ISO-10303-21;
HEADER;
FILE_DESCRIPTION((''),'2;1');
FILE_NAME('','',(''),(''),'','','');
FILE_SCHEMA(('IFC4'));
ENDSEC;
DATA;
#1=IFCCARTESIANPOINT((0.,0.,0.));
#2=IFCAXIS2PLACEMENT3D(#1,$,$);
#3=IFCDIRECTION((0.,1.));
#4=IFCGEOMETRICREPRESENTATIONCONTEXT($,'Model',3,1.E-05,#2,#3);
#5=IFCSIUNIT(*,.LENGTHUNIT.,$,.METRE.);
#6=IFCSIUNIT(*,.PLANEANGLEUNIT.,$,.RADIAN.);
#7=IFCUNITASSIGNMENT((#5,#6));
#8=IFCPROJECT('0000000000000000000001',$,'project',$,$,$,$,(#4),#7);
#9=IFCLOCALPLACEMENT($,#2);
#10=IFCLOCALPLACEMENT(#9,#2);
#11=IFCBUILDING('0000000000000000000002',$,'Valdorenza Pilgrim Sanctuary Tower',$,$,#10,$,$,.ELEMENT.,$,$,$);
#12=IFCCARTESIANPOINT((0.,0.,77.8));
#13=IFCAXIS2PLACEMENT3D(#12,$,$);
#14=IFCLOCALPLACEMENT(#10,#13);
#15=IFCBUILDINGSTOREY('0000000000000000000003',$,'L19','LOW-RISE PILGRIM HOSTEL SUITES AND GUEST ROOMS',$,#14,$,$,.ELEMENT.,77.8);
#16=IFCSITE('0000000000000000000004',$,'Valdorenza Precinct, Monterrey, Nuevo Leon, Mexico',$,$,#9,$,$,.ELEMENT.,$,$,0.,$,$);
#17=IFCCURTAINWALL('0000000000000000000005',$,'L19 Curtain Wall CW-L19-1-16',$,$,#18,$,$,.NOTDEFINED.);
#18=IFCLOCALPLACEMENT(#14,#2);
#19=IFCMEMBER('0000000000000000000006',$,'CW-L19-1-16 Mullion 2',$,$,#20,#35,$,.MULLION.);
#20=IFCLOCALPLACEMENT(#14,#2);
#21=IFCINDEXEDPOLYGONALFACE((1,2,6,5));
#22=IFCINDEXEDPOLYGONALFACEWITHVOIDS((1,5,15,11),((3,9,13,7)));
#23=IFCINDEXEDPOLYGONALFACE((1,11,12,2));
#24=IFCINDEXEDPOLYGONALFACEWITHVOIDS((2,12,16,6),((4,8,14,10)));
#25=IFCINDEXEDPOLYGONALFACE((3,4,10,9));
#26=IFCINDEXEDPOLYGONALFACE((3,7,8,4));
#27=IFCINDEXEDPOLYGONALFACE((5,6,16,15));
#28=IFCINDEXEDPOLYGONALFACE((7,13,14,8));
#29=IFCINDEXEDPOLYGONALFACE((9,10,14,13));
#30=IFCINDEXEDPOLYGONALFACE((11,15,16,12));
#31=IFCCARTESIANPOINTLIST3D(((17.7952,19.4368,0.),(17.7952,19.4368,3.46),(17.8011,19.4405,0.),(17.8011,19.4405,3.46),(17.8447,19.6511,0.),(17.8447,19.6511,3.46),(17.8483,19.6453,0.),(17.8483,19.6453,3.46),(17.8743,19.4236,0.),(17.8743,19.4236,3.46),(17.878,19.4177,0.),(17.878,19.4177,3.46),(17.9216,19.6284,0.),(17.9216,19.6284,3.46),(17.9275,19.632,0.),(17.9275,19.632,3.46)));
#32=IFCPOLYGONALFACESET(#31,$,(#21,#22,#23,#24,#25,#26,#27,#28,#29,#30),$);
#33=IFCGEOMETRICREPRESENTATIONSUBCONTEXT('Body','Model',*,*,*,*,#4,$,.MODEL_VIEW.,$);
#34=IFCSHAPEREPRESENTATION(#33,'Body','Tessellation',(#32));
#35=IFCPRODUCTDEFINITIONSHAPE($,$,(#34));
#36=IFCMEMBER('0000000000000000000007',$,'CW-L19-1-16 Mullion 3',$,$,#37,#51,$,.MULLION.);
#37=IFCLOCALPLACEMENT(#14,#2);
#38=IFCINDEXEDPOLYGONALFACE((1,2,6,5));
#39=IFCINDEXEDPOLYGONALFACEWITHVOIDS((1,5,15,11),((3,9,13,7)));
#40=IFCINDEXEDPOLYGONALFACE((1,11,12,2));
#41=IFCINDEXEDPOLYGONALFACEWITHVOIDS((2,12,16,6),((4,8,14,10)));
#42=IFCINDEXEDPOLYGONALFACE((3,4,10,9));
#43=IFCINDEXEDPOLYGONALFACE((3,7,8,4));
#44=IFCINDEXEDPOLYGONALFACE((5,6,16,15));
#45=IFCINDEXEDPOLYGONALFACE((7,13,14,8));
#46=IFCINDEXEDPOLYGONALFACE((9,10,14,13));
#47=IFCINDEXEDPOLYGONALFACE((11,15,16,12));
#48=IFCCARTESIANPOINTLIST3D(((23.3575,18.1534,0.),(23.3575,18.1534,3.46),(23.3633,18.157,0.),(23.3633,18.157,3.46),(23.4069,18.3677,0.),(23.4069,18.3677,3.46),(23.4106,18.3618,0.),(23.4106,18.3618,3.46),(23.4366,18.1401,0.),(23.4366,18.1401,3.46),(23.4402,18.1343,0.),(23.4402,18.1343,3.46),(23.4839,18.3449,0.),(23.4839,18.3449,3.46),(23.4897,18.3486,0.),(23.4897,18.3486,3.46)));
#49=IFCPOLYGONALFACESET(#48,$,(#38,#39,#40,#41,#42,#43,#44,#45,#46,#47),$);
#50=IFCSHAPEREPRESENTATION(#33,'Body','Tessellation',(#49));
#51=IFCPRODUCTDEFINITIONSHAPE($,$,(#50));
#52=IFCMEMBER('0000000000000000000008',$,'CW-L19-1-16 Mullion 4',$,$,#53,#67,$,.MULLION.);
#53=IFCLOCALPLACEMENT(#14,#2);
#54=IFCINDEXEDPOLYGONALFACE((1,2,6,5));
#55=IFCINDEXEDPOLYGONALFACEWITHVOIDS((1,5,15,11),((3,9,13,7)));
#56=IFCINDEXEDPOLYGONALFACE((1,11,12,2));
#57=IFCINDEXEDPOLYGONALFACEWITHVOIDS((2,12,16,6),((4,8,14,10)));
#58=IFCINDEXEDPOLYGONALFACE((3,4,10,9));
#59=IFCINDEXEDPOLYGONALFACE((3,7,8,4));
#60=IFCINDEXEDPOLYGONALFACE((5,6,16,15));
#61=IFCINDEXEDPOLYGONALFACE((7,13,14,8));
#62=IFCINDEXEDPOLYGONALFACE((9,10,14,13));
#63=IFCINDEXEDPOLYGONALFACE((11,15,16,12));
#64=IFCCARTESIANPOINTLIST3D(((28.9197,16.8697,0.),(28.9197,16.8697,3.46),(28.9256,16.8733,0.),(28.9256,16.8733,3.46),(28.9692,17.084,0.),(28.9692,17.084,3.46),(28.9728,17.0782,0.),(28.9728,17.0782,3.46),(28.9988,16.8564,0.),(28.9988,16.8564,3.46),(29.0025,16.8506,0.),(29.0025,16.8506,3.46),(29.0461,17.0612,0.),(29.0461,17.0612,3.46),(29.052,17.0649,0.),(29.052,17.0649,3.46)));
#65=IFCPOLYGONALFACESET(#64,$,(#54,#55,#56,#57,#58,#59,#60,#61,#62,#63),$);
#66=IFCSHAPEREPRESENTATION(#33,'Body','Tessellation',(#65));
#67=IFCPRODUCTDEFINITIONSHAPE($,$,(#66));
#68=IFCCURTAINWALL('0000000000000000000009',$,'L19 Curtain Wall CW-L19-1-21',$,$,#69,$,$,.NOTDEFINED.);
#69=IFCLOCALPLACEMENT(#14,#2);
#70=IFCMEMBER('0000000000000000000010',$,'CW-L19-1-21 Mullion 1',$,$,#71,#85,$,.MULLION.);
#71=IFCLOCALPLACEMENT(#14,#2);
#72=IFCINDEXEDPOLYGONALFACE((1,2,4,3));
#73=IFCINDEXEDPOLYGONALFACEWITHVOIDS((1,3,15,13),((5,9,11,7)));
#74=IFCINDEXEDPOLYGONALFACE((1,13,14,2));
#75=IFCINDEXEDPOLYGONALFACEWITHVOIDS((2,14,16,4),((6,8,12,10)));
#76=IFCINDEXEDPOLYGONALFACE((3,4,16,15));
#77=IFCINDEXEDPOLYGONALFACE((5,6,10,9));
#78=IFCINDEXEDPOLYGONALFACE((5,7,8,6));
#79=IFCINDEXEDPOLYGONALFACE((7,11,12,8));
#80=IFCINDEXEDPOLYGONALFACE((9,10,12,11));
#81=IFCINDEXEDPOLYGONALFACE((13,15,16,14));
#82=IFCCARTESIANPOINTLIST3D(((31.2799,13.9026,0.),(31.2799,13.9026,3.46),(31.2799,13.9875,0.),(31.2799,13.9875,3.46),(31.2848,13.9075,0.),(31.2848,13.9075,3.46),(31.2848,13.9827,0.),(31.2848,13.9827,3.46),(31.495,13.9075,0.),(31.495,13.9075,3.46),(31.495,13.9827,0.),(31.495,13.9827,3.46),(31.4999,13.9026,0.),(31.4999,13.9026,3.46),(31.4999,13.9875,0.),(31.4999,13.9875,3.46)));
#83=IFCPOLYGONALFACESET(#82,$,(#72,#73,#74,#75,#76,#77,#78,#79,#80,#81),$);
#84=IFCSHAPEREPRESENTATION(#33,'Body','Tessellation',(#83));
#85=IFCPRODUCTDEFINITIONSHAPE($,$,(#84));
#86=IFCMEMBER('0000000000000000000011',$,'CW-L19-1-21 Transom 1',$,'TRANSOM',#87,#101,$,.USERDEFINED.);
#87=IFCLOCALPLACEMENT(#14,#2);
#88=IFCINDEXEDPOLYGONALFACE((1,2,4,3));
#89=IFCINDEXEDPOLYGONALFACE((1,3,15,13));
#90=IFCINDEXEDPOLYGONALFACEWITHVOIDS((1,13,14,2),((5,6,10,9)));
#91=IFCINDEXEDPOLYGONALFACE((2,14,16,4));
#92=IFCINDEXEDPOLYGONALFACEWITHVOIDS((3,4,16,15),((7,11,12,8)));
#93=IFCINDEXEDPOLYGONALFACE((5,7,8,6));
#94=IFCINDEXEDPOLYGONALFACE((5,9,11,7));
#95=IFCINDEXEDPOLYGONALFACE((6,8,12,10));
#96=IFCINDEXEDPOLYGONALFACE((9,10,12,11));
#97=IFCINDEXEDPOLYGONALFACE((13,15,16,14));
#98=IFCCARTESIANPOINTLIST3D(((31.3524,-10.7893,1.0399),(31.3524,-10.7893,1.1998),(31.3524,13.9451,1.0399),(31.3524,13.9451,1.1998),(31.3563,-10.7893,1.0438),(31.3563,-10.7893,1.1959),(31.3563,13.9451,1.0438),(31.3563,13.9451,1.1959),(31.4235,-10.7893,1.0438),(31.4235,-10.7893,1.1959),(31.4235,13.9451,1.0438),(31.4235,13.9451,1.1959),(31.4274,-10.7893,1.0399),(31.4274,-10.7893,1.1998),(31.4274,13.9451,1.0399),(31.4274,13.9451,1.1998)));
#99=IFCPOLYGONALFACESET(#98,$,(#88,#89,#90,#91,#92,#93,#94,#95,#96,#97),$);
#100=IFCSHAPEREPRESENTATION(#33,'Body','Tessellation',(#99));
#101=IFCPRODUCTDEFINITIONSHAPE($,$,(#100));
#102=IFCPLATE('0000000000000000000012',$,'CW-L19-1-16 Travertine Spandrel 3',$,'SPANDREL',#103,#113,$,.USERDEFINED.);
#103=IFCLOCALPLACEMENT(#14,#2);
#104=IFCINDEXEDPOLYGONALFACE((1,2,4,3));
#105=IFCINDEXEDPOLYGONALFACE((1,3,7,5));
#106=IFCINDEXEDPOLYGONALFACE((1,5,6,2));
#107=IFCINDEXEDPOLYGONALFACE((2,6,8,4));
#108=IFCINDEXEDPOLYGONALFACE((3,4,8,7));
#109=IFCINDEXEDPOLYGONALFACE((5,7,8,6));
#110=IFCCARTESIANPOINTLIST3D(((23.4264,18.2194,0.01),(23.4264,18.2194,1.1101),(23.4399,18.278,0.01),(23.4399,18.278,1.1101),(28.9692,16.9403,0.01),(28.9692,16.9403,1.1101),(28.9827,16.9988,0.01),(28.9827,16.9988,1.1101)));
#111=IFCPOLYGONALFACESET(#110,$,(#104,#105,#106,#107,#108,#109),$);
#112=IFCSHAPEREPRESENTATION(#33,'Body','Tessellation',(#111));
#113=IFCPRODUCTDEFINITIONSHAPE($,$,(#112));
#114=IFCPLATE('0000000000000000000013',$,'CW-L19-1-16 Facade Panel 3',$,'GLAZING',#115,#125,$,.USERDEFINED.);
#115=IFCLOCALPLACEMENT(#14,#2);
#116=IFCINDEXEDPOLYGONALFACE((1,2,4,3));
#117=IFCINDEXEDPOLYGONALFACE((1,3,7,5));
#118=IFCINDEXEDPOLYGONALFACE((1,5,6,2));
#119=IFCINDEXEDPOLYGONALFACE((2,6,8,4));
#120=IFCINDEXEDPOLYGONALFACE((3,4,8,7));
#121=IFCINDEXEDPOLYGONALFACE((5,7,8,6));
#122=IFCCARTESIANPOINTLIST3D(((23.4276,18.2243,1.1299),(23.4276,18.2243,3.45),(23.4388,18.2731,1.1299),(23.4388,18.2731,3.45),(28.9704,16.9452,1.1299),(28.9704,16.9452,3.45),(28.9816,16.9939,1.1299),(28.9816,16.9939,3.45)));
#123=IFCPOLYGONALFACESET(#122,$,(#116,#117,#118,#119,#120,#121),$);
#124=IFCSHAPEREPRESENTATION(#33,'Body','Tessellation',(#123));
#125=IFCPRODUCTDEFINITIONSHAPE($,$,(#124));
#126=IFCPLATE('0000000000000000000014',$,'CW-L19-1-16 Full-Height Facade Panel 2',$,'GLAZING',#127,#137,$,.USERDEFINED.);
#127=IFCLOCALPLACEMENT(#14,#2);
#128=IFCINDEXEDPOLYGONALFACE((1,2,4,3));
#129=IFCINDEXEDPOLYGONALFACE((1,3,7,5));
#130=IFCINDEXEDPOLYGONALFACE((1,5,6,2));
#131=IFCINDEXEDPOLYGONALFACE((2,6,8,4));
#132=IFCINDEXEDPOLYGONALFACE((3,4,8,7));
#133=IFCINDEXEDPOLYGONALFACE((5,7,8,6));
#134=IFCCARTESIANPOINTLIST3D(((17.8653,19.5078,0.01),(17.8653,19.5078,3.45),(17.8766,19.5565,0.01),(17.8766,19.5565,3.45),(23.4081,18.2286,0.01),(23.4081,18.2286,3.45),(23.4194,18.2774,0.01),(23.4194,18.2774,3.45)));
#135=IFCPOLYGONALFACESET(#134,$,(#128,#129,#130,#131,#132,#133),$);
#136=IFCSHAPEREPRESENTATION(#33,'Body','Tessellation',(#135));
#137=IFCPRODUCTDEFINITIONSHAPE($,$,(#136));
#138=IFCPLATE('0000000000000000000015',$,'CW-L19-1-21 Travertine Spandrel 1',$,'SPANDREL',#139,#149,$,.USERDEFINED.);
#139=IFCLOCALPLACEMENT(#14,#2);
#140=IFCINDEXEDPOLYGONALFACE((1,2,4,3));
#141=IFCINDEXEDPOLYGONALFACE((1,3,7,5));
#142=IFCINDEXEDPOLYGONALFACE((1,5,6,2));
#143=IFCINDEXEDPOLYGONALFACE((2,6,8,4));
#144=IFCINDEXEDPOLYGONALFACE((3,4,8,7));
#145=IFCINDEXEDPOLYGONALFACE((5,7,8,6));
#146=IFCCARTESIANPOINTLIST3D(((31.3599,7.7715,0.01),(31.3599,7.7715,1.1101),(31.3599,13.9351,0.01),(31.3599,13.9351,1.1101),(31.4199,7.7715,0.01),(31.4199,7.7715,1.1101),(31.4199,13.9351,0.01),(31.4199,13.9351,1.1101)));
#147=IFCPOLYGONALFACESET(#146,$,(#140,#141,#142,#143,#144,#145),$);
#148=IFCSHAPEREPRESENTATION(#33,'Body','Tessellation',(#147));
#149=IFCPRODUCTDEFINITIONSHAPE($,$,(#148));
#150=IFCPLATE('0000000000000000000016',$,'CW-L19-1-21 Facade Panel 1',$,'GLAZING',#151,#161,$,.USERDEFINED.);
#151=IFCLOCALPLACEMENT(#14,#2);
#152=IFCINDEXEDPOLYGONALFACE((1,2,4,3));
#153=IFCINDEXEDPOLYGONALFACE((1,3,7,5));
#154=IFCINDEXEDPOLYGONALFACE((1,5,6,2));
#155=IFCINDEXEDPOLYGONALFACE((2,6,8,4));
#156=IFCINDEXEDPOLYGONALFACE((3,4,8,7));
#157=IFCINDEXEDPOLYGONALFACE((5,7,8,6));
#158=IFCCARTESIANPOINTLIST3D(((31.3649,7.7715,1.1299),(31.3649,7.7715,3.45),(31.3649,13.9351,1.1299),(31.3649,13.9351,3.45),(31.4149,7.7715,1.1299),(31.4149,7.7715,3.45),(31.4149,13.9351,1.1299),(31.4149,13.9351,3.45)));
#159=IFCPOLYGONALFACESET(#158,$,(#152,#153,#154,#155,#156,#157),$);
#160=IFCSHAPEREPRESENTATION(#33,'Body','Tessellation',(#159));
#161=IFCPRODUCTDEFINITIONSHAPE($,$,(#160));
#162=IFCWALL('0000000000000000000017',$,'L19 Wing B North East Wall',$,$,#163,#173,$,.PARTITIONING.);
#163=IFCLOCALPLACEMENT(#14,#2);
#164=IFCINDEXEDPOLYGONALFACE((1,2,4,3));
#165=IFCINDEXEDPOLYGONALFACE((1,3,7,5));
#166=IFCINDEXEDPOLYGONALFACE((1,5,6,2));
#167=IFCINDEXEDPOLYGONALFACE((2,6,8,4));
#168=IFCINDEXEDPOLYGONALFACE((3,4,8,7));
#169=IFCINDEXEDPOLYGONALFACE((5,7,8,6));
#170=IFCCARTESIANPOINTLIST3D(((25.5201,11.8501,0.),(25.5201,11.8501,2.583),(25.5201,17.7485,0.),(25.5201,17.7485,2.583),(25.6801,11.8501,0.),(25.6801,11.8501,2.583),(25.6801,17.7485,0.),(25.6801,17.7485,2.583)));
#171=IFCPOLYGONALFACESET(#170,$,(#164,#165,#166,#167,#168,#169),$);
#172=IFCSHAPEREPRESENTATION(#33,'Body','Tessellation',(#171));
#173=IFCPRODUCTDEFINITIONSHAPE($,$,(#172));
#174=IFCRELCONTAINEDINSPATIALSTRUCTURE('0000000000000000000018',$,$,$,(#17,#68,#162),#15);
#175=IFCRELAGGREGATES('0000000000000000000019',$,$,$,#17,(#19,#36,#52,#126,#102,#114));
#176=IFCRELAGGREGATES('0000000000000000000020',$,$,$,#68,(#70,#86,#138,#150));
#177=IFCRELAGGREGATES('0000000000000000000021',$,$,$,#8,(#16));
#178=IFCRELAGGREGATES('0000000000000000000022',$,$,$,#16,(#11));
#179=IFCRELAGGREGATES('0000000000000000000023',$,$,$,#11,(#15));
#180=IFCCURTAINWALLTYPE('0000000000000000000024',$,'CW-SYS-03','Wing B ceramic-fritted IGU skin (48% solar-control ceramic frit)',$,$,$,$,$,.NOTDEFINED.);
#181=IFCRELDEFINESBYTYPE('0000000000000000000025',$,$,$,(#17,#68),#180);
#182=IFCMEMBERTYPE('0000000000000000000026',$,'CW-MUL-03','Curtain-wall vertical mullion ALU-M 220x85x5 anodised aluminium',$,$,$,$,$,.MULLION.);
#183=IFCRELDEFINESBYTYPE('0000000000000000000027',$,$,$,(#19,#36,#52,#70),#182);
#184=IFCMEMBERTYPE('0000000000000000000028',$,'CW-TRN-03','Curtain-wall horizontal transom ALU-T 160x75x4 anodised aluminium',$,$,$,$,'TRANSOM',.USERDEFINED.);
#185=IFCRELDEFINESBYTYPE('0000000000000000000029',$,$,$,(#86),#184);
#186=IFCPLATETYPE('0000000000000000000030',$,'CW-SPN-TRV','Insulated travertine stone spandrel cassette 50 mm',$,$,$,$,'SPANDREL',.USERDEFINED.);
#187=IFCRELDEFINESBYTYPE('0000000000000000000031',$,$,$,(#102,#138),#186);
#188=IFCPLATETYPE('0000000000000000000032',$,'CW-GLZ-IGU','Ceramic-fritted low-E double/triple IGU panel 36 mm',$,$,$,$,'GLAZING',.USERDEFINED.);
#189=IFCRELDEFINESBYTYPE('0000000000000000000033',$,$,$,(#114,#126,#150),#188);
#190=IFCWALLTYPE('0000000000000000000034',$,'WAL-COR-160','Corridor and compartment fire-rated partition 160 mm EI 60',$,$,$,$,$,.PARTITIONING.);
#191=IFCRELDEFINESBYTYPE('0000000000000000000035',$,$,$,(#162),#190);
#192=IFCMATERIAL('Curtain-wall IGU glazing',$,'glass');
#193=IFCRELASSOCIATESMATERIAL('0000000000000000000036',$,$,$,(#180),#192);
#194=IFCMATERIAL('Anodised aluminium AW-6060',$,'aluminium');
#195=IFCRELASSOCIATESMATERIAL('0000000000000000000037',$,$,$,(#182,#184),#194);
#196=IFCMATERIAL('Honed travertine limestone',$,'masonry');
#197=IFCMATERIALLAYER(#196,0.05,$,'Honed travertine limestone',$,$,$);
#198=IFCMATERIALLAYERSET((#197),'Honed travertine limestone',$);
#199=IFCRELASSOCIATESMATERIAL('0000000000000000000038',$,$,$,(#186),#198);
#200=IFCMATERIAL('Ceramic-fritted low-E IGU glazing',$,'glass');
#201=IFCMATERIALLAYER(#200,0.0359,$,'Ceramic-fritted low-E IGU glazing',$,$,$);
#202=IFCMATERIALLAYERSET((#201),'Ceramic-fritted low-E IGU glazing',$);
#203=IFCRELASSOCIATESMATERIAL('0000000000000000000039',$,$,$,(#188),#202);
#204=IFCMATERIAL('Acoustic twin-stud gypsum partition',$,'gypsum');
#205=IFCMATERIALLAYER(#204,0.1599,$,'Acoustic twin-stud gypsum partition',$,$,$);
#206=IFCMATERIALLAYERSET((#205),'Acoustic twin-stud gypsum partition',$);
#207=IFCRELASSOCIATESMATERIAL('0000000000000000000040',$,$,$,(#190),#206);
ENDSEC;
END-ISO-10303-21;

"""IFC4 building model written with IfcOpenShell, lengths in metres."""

from ifc_helpers import new_model, si_unit, direction, frame, frame_2d, origin, origin_2d, place, context, subcontext, project, spatial, rectangle, hollow_rectangle, extrude, source, transform, mapped, material, layer, layer_set, material_profile, profile_set, type_object, element, aggregate, save


model = new_model("IFC4")

# Units and contexts
model_context = context("Model", 3, precision=1e-05, world=origin(), true_north=direction((0.0, 1.0)))
body_context = subcontext(model_context, "Body", "Model", "MODEL_VIEW")
ifc_project = project(units=[si_unit("LENGTHUNIT", "METRE"), si_unit("PLANEANGLEUNIT", "RADIAN")], contexts=[model_context])

# Site, building, storey
site_placement = place(None, origin())
site = spatial("IfcSite", under=ifc_project, at=site_placement, Name="Valdorenza Precinct, Monterrey, Nuevo Leon, Mexico", CompositionType="ELEMENT", RefElevation=0.0)
building_placement = place(site_placement, origin())
building = spatial("IfcBuilding", under=site, at=building_placement, Name="Valdorenza Pilgrim Sanctuary Tower", CompositionType="ELEMENT")
storey_placement = place(building_placement, frame((0.0, 0.0, 77.8)))
storey = spatial("IfcBuildingStorey", under=building, at=storey_placement, Name="L19", Description="LOW-RISE PILGRIM HOSTEL SUITES AND GUEST ROOMS", CompositionType="ELEMENT", Elevation=77.8)

# Curtain walls, members
ifc_material_1 = material(Name="Curtain-wall IGU glazing", Category="glass")
curtain_wall_type = type_object("IfcCurtainWallType", Name="CW-SYS-03", Description="Wing B ceramic-fritted IGU skin (48% solar-control ceramic frit)", PredefinedType="NOTDEFINED", material=ifc_material_1)
curtain_wall_1_placement = place(storey_placement, origin())
curtain_wall_1 = element("IfcCurtainWall", 1, at=curtain_wall_1_placement, inside=storey, type_object=curtain_wall_type, Name="L19 Curtain Wall CW-L19-1-16", PredefinedType="NOTDEFINED")
ifc_material_2 = material(Name="Anodised aluminium AW-6060", Category="aluminium")
ifc_material_profile_1 = material_profile(ifc_material_2, hollow_rectangle(XDim=0.085, YDim=0.22, WallThickness=0.0049, at=origin_2d()), Name="ALU-M 220x85x5")
ifc_profile_set_1 = profile_set([ifc_material_profile_1], Name="Anodised aluminium AW-6060")
member_type_1 = type_object("IfcMemberType", Name="CW-MUL-03", Description="Curtain-wall vertical mullion ALU-M 220x85x5 anodised aluminium", PredefinedType="MULLION", material=ifc_profile_set_1)
shared_shape_1 = source(origin(), body_context, "Body", "SweptSolid", [
    extrude(hollow_rectangle(XDim=0.085, YDim=0.22, WallThickness=0.0049, at=origin_2d()), origin(), (0.0, 0.0, 1.0), 3.46),
])
member_1_placement = place(storey_placement, frame((17.8613, 19.5344, 0.0), z_axis=(0.0, 0.0, 1.0), x_axis=(0.97439, -0.224866, 0.0)))
member_1 = element("IfcMember", 2, at=member_1_placement, type_object=member_type_1, Name="CW-L19-1-16 Mullion 2", PredefinedType="MULLION", context=body_context, shape_type="MappedRepresentation", body=[
    mapped(shared_shape_1, transform((0.0, 0.0, 0.0), x_axis=(1.0, 0.0, 0.0), y_axis=(0.0, 1.0, 0.0), z_axis=(0.0, 0.0, 1.0), scale=1.0)),
])
member_2_placement = place(storey_placement, frame((23.4236, 18.251, 0.0), z_axis=(0.0, 0.0, 1.0), x_axis=(0.97439, -0.224866, 0.0)))
member_2 = element("IfcMember", 3, at=member_2_placement, type_object=member_type_1, Name="CW-L19-1-16 Mullion 3", PredefinedType="MULLION", context=body_context, shape_type="MappedRepresentation", body=[
    mapped(shared_shape_1, transform((0.0, 0.0, 0.0), x_axis=(1.0, 0.0, 0.0), y_axis=(0.0, 1.0, 0.0), z_axis=(0.0, 0.0, 1.0), scale=1.0)),
])
member_3_placement = place(storey_placement, frame((28.9858, 16.9673, 0.0), z_axis=(0.0, 0.0, 1.0), x_axis=(0.97439, -0.224866, 0.0)))
member_3 = element("IfcMember", 4, at=member_3_placement, type_object=member_type_1, Name="CW-L19-1-16 Mullion 4", PredefinedType="MULLION", context=body_context, shape_type="MappedRepresentation", body=[
    mapped(shared_shape_1, transform((0.0, 0.0, 0.0), x_axis=(1.0, 0.0, 0.0), y_axis=(0.0, 1.0, 0.0), z_axis=(0.0, 0.0, 1.0), scale=1.0)),
])
curtain_wall_2_placement = place(storey_placement, origin())
curtain_wall_2 = element("IfcCurtainWall", 5, at=curtain_wall_2_placement, inside=storey, type_object=curtain_wall_type, Name="L19 Curtain Wall CW-L19-1-21", PredefinedType="NOTDEFINED")
member_4_placement = place(storey_placement, frame((31.3899, 13.9451, 0.0), z_axis=(0.0, 0.0, 1.0), x_axis=(0.0, -1.0, 0.0)))
member_4 = element("IfcMember", 6, at=member_4_placement, type_object=member_type_1, Name="CW-L19-1-21 Mullion 1", PredefinedType="MULLION", context=body_context, shape_type="MappedRepresentation", body=[
    mapped(shared_shape_1, transform((0.0, 0.0, 0.0), x_axis=(1.0, 0.0, 0.0), y_axis=(0.0, 1.0, 0.0), z_axis=(0.0, 0.0, 1.0), scale=1.0)),
])
ifc_material_profile_2 = material_profile(ifc_material_2, hollow_rectangle(XDim=0.075, YDim=0.1599, WallThickness=0.0039, at=origin_2d()), Name="ALU-T 160x75x4")
ifc_profile_set_2 = profile_set([ifc_material_profile_2], Name="Anodised aluminium AW-6060")
member_type_2 = type_object("IfcMemberType", Name="CW-TRN-03", Description="Curtain-wall horizontal transom ALU-T 160x75x4 anodised aluminium", ElementType="TRANSOM", PredefinedType="USERDEFINED", material=ifc_profile_set_2)
shared_shape_2 = source(origin(), body_context, "Body", "SweptSolid", [
    extrude(hollow_rectangle(XDim=0.075, YDim=0.1599, WallThickness=0.0039, at=origin_2d()), origin(), (0.0, 0.0, 1.0), 24.7344),
])
member_5_placement = place(storey_placement, frame((31.3899, 13.9451, 1.1199), z_axis=(0.0, -1.0, 0.0), x_axis=(1.0, 0.0, 0.0)))
member_5 = element("IfcMember", 7, at=member_5_placement, type_object=member_type_2, Name="CW-L19-1-21 Transom 1", ObjectType="TRANSOM", PredefinedType="USERDEFINED", context=body_context, shape_type="MappedRepresentation", body=[
    mapped(shared_shape_2, transform((0.0, 0.0, 0.0), x_axis=(1.0, 0.0, 0.0), y_axis=(0.0, 1.0, 0.0), z_axis=(0.0, 0.0, 1.0), scale=1.0)),
])

# Plates
ifc_material_3 = material(Name="Honed travertine limestone", Category="masonry")
ifc_layer_1 = layer(ifc_material_3, 0.05, Name="Honed travertine limestone")
ifc_layer_set_1 = layer_set([ifc_layer_1], Name="Honed travertine limestone")
plate_type_1 = type_object("IfcPlateType", Name="CW-SPN-TRV", Description="Insulated travertine stone spandrel cassette 50 mm", ElementType="SPANDREL", PredefinedType="USERDEFINED", material=ifc_layer_set_1)
shared_shape_3 = source(origin(), body_context, "Body", "SweptSolid", [
    extrude(rectangle(XDim=5.6885, YDim=0.0601, at=origin_2d()), origin(), (0.0, 0.0, 1.0), 1.1001),
])
plate_1_placement = place(storey_placement, frame((26.2046, 17.6091, 0.01), z_axis=(0.0, 0.0, 1.0), x_axis=(0.97439, -0.224866, 0.0)))
plate_1 = element("IfcPlate", 8, at=plate_1_placement, type_object=plate_type_1, Name="CW-L19-1-16 Travertine Spandrel 3", ObjectType="SPANDREL", PredefinedType="USERDEFINED", context=body_context, shape_type="MappedRepresentation", body=[
    mapped(shared_shape_3, transform((0.0, 0.0, 0.0), x_axis=(1.0, 0.0, 0.0), y_axis=(0.0, 1.0, 0.0), z_axis=(0.0, 0.0, 1.0), scale=1.0)),
])
ifc_material_4 = material(Name="Ceramic-fritted low-E IGU glazing", Category="glass")
ifc_layer_2 = layer(ifc_material_4, 0.0359, Name="Ceramic-fritted low-E IGU glazing")
ifc_layer_set_2 = layer_set([ifc_layer_2], Name="Ceramic-fritted low-E IGU glazing")
plate_type_2 = type_object("IfcPlateType", Name="CW-GLZ-IGU", Description="Ceramic-fritted low-E double/triple IGU panel 36 mm", ElementType="GLAZING", PredefinedType="USERDEFINED", material=ifc_layer_set_2)
shared_shape_4 = source(origin(), body_context, "Body", "SweptSolid", [
    extrude(rectangle(XDim=5.6885, YDim=0.05, at=origin_2d()), origin(), (0.0, 0.0, 1.0), 2.3201),
])
plate_2_placement = place(storey_placement, frame((26.2046, 17.6091, 1.1299), z_axis=(0.0, 0.0, 1.0), x_axis=(0.97439, -0.224866, 0.0)))
plate_2 = element("IfcPlate", 9, at=plate_2_placement, type_object=plate_type_2, Name="CW-L19-1-16 Facade Panel 3", ObjectType="GLAZING", PredefinedType="USERDEFINED", context=body_context, shape_type="MappedRepresentation", body=[
    mapped(shared_shape_4, transform((0.0, 0.0, 0.0), x_axis=(1.0, 0.0, 0.0), y_axis=(0.0, 1.0, 0.0), z_axis=(0.0, 0.0, 1.0), scale=1.0)),
])
shared_shape_5 = source(origin(), body_context, "Body", "SweptSolid", [
    extrude(rectangle(XDim=5.6885, YDim=0.05, at=origin_2d()), origin(), (0.0, 0.0, 1.0), 3.4399),
])
plate_3_placement = place(storey_placement, frame((20.6423, 18.8926, 0.01), z_axis=(0.0, 0.0, 1.0), x_axis=(0.97439, -0.224866, 0.0)))
plate_3 = element("IfcPlate", 10, at=plate_3_placement, type_object=plate_type_2, Name="CW-L19-1-16 Full-Height Facade Panel 2", ObjectType="GLAZING", PredefinedType="USERDEFINED", context=body_context, shape_type="MappedRepresentation", body=[
    mapped(shared_shape_5, transform((0.0, 0.0, 0.0), x_axis=(1.0, 0.0, 0.0), y_axis=(0.0, 1.0, 0.0), z_axis=(0.0, 0.0, 1.0), scale=1.0)),
])
aggregate(curtain_wall_1, [member_1, member_2, member_3, plate_3, plate_1, plate_2])
shared_shape_6 = source(origin(), body_context, "Body", "SweptSolid", [
    extrude(rectangle(XDim=6.1636, YDim=0.0601, at=origin_2d()), origin(), (0.0, 0.0, 1.0), 1.1001),
])
plate_4_placement = place(storey_placement, frame((31.3899, 10.8533, 0.01), z_axis=(0.0, 0.0, 1.0), x_axis=(0.0, -1.0, 0.0)))
plate_4 = element("IfcPlate", 11, at=plate_4_placement, type_object=plate_type_1, Name="CW-L19-1-21 Travertine Spandrel 1", ObjectType="SPANDREL", PredefinedType="USERDEFINED", context=body_context, shape_type="MappedRepresentation", body=[
    mapped(shared_shape_6, transform((0.0, 0.0, 0.0), x_axis=(1.0, 0.0, 0.0), y_axis=(0.0, 1.0, 0.0), z_axis=(0.0, 0.0, 1.0), scale=1.0)),
])
shared_shape_7 = source(origin(), body_context, "Body", "SweptSolid", [
    extrude(rectangle(XDim=6.1636, YDim=0.05, at=origin_2d()), origin(), (0.0, 0.0, 1.0), 2.3201),
])
plate_5_placement = place(storey_placement, frame((31.3899, 10.8533, 1.1299), z_axis=(0.0, 0.0, 1.0), x_axis=(0.0, -1.0, 0.0)))
plate_5 = element("IfcPlate", 12, at=plate_5_placement, type_object=plate_type_2, Name="CW-L19-1-21 Facade Panel 1", ObjectType="GLAZING", PredefinedType="USERDEFINED", context=body_context, shape_type="MappedRepresentation", body=[
    mapped(shared_shape_7, transform((0.0, 0.0, 0.0), x_axis=(1.0, 0.0, 0.0), y_axis=(0.0, 1.0, 0.0), z_axis=(0.0, 0.0, 1.0), scale=1.0)),
])
aggregate(curtain_wall_2, [member_4, member_5, plate_4, plate_5])

# Wall
ifc_material_5 = material(Name="Acoustic twin-stud gypsum partition", Category="gypsum")
ifc_layer_3 = layer(ifc_material_5, 0.1599, Name="Acoustic twin-stud gypsum partition")
ifc_layer_set_3 = layer_set([ifc_layer_3], Name="Acoustic twin-stud gypsum partition")
wall_type_1 = type_object("IfcWallType", Name="WAL-COR-160", Description="Corridor and compartment fire-rated partition 160 mm EI 60", PredefinedType="PARTITIONING", material=ifc_layer_set_3)
wall_1_placement = place(storey_placement, frame((25.6001, 11.8501, 0.0), z_axis=(0.0, 0.0, 1.0), x_axis=(0.0, 1.0, 0.0)))
element("IfcWall", 13, at=wall_1_placement, inside=storey, type_object=wall_type_1, Name="L19 Wing B North East Wall", PredefinedType="PARTITIONING", context=body_context, shape_type="SweptSolid", body=[
    extrude(rectangle(XDim=5.8984, YDim=0.1599, at=frame_2d((2.9492, 0.0))), origin(), (0.0, 0.0, 1.0), 2.583),
])

save(model, "model.ifc")
